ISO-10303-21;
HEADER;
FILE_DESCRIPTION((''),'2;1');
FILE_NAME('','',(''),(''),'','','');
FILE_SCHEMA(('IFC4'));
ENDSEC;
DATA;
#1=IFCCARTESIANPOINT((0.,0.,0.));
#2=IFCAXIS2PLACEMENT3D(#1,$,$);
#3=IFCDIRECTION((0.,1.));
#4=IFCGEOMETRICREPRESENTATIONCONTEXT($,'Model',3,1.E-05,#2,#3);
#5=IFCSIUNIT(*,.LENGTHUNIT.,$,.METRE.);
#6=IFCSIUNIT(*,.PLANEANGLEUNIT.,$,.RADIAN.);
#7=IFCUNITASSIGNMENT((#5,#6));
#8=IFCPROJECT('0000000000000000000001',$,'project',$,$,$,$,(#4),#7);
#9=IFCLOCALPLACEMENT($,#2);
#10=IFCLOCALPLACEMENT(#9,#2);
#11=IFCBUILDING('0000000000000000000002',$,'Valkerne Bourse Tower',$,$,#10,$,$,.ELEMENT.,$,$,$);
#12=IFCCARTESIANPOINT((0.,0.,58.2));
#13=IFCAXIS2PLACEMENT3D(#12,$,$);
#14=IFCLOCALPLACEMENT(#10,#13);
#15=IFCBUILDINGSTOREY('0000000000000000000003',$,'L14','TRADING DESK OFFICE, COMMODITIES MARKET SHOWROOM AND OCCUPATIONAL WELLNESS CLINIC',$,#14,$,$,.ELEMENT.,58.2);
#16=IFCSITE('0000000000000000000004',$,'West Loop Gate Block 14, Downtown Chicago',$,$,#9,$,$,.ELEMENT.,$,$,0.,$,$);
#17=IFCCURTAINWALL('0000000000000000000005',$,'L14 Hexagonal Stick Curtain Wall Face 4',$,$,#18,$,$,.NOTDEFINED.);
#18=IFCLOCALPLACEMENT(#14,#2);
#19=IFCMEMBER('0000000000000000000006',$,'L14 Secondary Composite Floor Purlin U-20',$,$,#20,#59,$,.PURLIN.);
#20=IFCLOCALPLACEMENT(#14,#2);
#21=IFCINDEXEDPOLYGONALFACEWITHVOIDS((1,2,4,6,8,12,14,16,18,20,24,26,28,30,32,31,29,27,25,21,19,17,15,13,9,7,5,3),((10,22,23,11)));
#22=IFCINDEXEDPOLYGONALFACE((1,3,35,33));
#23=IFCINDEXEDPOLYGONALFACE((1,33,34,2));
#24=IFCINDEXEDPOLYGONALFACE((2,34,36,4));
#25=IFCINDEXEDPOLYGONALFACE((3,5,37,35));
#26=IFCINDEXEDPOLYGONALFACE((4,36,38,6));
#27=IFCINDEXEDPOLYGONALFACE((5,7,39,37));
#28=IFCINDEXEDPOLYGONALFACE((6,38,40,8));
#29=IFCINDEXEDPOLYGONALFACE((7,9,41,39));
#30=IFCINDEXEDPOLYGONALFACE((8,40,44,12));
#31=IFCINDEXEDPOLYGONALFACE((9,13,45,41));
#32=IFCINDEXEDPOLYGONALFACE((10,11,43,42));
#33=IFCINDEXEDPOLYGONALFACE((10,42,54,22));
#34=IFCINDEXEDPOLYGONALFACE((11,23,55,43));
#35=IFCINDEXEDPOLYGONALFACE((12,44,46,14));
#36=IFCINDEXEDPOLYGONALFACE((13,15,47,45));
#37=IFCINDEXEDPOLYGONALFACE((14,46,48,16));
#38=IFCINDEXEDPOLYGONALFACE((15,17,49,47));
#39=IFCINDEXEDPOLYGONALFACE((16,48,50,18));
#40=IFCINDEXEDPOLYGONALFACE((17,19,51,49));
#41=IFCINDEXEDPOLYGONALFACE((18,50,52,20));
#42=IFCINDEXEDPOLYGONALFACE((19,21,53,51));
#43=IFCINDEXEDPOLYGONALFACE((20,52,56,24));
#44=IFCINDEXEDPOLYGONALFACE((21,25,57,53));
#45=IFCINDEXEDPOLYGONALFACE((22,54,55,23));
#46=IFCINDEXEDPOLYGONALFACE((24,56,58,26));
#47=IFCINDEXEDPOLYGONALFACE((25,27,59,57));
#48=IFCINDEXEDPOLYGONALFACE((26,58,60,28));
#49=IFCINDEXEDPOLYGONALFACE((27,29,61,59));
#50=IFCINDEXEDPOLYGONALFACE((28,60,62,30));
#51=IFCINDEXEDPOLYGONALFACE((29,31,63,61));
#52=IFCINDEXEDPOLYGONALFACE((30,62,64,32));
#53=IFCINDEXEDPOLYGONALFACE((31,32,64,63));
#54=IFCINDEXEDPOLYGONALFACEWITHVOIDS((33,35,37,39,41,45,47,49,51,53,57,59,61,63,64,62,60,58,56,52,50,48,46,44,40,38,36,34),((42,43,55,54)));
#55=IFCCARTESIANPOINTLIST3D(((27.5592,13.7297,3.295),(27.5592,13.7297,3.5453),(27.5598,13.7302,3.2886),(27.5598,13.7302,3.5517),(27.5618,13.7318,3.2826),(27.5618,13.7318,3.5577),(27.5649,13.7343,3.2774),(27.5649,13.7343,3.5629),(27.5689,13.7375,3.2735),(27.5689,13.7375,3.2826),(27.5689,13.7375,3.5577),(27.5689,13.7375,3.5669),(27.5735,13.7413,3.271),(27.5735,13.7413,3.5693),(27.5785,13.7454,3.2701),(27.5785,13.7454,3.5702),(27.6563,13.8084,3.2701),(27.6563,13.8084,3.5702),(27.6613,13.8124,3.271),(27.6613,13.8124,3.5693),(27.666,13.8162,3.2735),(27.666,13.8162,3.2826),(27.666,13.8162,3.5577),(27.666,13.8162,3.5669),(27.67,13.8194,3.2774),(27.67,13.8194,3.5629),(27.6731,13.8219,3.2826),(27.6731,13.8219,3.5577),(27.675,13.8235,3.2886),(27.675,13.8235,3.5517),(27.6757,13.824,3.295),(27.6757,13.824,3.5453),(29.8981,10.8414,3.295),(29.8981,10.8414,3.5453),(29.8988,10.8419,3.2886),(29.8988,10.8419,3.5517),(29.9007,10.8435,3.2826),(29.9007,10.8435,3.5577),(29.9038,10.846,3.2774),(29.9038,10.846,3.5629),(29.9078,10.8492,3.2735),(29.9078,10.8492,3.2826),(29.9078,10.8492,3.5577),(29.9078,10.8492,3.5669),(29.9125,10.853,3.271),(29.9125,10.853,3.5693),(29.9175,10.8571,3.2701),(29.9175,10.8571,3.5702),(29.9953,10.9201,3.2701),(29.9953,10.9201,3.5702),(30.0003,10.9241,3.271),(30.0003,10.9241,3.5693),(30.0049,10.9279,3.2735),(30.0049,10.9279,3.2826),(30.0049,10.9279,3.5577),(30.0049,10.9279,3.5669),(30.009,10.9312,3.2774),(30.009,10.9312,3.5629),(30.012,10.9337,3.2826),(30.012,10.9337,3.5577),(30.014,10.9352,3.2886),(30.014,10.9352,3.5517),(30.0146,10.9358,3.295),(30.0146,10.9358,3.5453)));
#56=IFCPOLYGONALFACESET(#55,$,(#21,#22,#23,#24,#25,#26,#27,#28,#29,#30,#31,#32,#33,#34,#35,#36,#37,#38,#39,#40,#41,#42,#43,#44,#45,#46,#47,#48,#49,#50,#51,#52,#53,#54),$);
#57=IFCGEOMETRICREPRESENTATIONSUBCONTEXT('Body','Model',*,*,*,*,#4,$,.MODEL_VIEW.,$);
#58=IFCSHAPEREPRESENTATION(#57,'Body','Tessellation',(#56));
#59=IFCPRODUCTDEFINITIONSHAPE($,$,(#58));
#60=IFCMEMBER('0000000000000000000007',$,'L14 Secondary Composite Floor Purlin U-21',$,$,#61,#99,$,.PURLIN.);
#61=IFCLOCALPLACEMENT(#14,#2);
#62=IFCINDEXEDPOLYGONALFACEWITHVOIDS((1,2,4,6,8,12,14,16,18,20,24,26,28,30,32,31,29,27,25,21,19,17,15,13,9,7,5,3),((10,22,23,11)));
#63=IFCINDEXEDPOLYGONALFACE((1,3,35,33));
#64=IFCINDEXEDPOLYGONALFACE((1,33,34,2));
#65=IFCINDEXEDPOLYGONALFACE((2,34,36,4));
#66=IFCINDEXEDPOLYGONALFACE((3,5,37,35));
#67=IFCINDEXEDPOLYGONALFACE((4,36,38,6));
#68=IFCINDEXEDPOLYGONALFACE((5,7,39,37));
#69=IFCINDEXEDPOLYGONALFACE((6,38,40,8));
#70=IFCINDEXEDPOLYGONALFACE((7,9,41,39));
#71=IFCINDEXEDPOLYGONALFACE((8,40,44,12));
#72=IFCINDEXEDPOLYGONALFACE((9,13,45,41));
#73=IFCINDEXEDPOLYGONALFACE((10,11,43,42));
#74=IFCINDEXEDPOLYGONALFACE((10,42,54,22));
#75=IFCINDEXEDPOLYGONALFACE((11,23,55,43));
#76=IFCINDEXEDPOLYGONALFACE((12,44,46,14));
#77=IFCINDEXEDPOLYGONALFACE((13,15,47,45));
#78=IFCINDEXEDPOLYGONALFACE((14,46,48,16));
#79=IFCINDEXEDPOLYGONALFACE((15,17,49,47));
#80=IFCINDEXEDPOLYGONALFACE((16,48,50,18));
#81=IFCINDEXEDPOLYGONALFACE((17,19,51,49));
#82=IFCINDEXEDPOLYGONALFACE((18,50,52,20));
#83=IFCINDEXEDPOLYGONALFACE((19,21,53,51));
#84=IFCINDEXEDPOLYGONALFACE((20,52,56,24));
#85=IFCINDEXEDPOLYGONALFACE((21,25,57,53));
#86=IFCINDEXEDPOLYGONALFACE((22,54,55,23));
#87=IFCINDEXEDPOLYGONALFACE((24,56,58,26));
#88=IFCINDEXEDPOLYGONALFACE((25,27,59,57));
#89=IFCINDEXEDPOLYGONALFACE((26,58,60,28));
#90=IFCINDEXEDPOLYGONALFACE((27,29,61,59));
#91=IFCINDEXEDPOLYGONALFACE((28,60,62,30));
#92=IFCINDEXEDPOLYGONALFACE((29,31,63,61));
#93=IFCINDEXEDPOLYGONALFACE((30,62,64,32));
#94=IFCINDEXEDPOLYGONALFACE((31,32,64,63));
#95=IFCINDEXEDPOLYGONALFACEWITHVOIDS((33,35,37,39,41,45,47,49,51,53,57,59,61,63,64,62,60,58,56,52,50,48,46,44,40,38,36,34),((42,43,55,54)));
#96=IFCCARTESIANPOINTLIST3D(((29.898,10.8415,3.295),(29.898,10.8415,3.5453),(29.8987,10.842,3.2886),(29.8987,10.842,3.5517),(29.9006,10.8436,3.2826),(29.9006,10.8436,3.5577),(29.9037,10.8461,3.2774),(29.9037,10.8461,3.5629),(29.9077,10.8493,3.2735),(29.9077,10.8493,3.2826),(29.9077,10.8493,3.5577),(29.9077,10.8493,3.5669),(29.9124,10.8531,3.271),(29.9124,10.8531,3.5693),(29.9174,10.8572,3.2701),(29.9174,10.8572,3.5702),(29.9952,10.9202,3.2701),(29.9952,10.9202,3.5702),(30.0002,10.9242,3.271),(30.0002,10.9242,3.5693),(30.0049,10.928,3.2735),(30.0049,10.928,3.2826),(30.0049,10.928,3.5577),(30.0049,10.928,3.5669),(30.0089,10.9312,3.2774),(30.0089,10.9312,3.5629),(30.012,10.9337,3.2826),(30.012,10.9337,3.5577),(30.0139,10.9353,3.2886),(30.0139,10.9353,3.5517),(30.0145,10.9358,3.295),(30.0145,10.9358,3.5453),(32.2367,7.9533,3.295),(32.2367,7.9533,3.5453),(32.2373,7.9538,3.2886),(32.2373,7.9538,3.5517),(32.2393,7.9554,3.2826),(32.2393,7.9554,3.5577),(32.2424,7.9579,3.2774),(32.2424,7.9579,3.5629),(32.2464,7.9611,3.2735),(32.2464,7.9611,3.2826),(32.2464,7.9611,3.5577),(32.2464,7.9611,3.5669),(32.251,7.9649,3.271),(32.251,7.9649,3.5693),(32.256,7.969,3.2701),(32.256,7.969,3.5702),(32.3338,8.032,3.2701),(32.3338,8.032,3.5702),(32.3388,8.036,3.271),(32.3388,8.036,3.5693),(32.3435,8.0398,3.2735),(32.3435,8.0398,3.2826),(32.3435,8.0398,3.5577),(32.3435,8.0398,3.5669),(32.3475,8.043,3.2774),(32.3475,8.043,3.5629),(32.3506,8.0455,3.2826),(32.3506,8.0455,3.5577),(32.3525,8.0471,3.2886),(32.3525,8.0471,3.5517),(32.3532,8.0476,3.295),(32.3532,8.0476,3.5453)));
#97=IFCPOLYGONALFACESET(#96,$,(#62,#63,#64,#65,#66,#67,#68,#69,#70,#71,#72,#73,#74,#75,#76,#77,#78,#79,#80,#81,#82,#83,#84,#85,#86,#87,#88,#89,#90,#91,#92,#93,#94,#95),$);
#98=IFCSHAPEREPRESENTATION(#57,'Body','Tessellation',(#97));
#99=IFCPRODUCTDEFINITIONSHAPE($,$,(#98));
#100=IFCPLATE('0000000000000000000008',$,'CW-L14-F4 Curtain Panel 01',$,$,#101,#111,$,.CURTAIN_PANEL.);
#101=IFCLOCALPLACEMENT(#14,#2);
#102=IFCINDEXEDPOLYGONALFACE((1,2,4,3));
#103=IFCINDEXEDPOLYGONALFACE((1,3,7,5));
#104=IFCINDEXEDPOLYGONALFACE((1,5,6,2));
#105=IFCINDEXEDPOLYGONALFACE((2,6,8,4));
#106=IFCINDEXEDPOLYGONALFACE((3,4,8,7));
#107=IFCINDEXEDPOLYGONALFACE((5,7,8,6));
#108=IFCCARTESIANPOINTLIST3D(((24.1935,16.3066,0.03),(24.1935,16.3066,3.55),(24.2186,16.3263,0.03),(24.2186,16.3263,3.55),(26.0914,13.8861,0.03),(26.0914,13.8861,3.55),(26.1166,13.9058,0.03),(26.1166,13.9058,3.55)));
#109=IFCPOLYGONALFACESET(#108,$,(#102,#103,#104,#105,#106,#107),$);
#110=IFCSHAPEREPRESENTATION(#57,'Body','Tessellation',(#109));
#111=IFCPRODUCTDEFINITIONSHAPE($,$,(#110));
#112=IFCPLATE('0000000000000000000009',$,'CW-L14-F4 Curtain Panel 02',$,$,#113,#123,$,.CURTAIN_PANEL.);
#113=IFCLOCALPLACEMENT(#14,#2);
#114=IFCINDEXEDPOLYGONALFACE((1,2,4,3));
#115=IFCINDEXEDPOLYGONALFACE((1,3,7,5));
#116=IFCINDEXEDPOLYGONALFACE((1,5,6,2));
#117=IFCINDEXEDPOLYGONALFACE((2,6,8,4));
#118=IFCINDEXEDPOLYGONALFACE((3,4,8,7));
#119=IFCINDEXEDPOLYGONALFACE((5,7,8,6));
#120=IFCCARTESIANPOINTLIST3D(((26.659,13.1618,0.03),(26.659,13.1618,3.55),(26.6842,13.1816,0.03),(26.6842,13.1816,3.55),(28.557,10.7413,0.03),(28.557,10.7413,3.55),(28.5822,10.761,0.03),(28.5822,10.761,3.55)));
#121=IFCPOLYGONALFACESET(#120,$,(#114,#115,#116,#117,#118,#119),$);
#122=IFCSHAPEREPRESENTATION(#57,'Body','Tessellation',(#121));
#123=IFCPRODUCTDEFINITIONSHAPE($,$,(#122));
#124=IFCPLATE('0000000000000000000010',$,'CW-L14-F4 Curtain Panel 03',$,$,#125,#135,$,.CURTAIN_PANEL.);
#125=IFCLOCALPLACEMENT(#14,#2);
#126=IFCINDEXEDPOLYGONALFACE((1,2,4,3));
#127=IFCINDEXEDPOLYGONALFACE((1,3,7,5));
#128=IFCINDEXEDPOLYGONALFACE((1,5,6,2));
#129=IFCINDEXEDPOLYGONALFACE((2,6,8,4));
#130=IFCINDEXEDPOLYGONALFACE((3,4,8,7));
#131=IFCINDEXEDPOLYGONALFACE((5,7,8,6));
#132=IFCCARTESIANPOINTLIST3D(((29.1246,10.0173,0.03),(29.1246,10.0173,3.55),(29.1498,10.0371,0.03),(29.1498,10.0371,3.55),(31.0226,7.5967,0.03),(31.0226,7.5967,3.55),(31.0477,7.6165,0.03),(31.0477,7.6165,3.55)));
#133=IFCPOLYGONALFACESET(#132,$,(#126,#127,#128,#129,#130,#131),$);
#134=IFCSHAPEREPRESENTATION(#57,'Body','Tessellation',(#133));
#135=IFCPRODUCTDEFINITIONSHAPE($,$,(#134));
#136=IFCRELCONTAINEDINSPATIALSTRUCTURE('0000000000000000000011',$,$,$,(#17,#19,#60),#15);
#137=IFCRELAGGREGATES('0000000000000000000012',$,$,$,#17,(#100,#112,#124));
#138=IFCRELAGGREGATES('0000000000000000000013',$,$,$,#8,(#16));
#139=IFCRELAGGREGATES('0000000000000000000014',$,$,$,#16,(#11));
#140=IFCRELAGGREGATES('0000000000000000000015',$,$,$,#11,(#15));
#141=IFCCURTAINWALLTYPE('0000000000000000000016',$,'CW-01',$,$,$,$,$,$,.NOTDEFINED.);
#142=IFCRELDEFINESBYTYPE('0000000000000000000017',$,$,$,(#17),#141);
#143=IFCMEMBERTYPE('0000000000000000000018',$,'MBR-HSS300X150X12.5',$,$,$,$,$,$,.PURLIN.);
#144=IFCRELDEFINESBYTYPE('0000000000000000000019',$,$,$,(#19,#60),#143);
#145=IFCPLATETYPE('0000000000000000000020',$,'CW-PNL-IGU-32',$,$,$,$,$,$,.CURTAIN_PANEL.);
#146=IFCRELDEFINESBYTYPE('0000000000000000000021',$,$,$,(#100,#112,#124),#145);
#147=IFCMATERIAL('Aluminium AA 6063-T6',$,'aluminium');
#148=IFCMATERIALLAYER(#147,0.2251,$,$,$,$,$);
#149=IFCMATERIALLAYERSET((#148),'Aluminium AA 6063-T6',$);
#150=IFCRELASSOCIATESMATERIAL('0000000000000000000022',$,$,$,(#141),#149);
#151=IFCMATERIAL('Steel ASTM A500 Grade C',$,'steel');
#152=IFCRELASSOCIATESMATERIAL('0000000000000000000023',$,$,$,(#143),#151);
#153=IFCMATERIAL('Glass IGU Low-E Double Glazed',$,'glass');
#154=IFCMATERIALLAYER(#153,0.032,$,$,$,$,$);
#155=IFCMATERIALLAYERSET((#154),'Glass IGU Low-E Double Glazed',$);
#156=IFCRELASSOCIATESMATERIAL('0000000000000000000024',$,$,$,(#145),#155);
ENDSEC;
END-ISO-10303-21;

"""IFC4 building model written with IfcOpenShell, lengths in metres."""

from ifc_helpers import new_model, si_unit, direction, frame, origin, origin_2d, place, context, subcontext, project, spatial, rectangle, hollow_rectangle, extrude, material, layer, layer_set, material_profile, profile_set, type_object, element, aggregate, save


model = new_model("IFC4")

# Units and contexts
model_context = context("Model", 3, precision=1e-05, world=origin(), true_north=direction((0.0, 1.0)))
body_context = subcontext(model_context, "Body", "Model", "MODEL_VIEW")
ifc_project = project(units=[si_unit("LENGTHUNIT", "METRE"), si_unit("PLANEANGLEUNIT", "RADIAN")], contexts=[model_context])

# Site, building, storey
site_placement = place(None, origin())
site = spatial("IfcSite", under=ifc_project, at=site_placement, Name="West Loop Gate Block 14, Downtown Chicago", CompositionType="ELEMENT", RefElevation=0.0)
building_placement = place(site_placement, origin())
building = spatial("IfcBuilding", under=site, at=building_placement, Name="Valkerne Bourse Tower", CompositionType="ELEMENT")
storey_placement = place(building_placement, frame((0.0, 0.0, 58.2)))
storey = spatial("IfcBuildingStorey", under=building, at=storey_placement, Name="L14", Description="TRADING DESK OFFICE, COMMODITIES MARKET SHOWROOM AND OCCUPATIONAL WELLNESS CLINIC", CompositionType="ELEMENT", Elevation=58.2)

# Curtain wall
ifc_material_1 = material(Name="Aluminium AA 6063-T6", Category="aluminium")
ifc_layer_1 = layer(ifc_material_1, 0.2251)
ifc_layer_set_1 = layer_set([ifc_layer_1], Name="Aluminium AA 6063-T6")
curtain_wall_type = type_object("IfcCurtainWallType", Name="CW-01", PredefinedType="NOTDEFINED", material=ifc_layer_set_1)
curtain_wall_placement = place(storey_placement, origin())
curtain_wall = element("IfcCurtainWall", 1, at=curtain_wall_placement, inside=storey, type_object=curtain_wall_type, Name="L14 Hexagonal Stick Curtain Wall Face 4", PredefinedType="NOTDEFINED")

# Members
ifc_material_2 = material(Name="Steel ASTM A500 Grade C", Category="steel")
ifc_material_profile_1 = material_profile(ifc_material_2, hollow_rectangle(XDim=0.1499, YDim=0.3, WallThickness=0.0125, OuterFilletRadius=0.0249, at=origin_2d()), Name="HSS300X150X12.5")
ifc_profile_set_1 = profile_set([ifc_material_profile_1], Name="Steel ASTM A500 Grade C")
member_type_1 = type_object("IfcMemberType", Name="MBR-HSS300X150X12.5", PredefinedType="PURLIN", material=ifc_profile_set_1)
member_1_placement = place(storey_placement, frame((27.6174, 13.7769, 3.4202), z_axis=(0.629331, -0.777138, 0.0), x_axis=(0.777138, 0.629331, 0.0)))
element("IfcMember", 2, at=member_1_placement, inside=storey, type_object=member_type_1, Name="L14 Secondary Composite Floor Purlin U-20", PredefinedType="PURLIN", context=body_context, shape_type="SweptSolid", body=[
    extrude(hollow_rectangle(XDim=0.1499, YDim=0.3, WallThickness=0.0125, OuterFilletRadius=0.0249, at=origin_2d()), origin(), (0.0, 0.0, 1.0), 3.7166),
])
member_2_placement = place(storey_placement, frame((29.9563, 10.8887, 3.4202), z_axis=(0.629291, -0.77717, 0.0), x_axis=(0.77717, 0.629291, 0.0)))
element("IfcMember", 3, at=member_2_placement, inside=storey, type_object=member_type_1, Name="L14 Secondary Composite Floor Purlin U-21", PredefinedType="PURLIN", context=body_context, shape_type="SweptSolid", body=[
    extrude(hollow_rectangle(XDim=0.1499, YDim=0.3, WallThickness=0.0125, OuterFilletRadius=0.0249, at=origin_2d()), origin(), (0.0, 0.0, 1.0), 3.7163),
])

# Plates
ifc_material_3 = material(Name="Glass IGU Low-E Double Glazed", Category="glass")
ifc_layer_2 = layer(ifc_material_3, 0.032)
ifc_layer_set_2 = layer_set([ifc_layer_2], Name="Glass IGU Low-E Double Glazed")
plate_type = type_object("IfcPlateType", Name="CW-PNL-IGU-32", PredefinedType="CURTAIN_PANEL", material=ifc_layer_set_2)
plate_1_placement = place(storey_placement, frame((25.155, 15.1062, 0.03), z_axis=(0.0, 0.0, 1.0), x_axis=(0.617039, -0.786933, 0.0)))
plate_1 = element("IfcPlate", 4, at=plate_1_placement, type_object=plate_type, Name="CW-L14-F4 Curtain Panel 01", PredefinedType="CURTAIN_PANEL", context=body_context, shape_type="SweptSolid", body=[
    extrude(rectangle(XDim=3.0759, YDim=0.032, at=origin_2d()), origin(), (0.0, 0.0, 1.0), 3.52),
])
plate_2_placement = place(storey_placement, frame((27.6206, 11.9614, 0.03), z_axis=(0.0, 0.0, 1.0), x_axis=(0.617039, -0.786933, 0.0)))
plate_2 = element("IfcPlate", 5, at=plate_2_placement, type_object=plate_type, Name="CW-L14-F4 Curtain Panel 02", PredefinedType="CURTAIN_PANEL", context=body_context, shape_type="SweptSolid", body=[
    extrude(rectangle(XDim=3.0759, YDim=0.032, at=origin_2d()), origin(), (0.0, 0.0, 1.0), 3.52),
])
plate_3_placement = place(storey_placement, frame((30.0862, 8.8169, 0.03), z_axis=(0.0, 0.0, 1.0), x_axis=(0.617023, -0.786945, 0.0)))
plate_3 = element("IfcPlate", 6, at=plate_3_placement, type_object=plate_type, Name="CW-L14-F4 Curtain Panel 03", PredefinedType="CURTAIN_PANEL", context=body_context, shape_type="SweptSolid", body=[
    extrude(rectangle(XDim=3.0759, YDim=0.032, at=origin_2d()), origin(), (0.0, 0.0, 1.0), 3.52),
])
aggregate(curtain_wall, [plate_1, plate_2, plate_3])

save(model, "model.ifc")
